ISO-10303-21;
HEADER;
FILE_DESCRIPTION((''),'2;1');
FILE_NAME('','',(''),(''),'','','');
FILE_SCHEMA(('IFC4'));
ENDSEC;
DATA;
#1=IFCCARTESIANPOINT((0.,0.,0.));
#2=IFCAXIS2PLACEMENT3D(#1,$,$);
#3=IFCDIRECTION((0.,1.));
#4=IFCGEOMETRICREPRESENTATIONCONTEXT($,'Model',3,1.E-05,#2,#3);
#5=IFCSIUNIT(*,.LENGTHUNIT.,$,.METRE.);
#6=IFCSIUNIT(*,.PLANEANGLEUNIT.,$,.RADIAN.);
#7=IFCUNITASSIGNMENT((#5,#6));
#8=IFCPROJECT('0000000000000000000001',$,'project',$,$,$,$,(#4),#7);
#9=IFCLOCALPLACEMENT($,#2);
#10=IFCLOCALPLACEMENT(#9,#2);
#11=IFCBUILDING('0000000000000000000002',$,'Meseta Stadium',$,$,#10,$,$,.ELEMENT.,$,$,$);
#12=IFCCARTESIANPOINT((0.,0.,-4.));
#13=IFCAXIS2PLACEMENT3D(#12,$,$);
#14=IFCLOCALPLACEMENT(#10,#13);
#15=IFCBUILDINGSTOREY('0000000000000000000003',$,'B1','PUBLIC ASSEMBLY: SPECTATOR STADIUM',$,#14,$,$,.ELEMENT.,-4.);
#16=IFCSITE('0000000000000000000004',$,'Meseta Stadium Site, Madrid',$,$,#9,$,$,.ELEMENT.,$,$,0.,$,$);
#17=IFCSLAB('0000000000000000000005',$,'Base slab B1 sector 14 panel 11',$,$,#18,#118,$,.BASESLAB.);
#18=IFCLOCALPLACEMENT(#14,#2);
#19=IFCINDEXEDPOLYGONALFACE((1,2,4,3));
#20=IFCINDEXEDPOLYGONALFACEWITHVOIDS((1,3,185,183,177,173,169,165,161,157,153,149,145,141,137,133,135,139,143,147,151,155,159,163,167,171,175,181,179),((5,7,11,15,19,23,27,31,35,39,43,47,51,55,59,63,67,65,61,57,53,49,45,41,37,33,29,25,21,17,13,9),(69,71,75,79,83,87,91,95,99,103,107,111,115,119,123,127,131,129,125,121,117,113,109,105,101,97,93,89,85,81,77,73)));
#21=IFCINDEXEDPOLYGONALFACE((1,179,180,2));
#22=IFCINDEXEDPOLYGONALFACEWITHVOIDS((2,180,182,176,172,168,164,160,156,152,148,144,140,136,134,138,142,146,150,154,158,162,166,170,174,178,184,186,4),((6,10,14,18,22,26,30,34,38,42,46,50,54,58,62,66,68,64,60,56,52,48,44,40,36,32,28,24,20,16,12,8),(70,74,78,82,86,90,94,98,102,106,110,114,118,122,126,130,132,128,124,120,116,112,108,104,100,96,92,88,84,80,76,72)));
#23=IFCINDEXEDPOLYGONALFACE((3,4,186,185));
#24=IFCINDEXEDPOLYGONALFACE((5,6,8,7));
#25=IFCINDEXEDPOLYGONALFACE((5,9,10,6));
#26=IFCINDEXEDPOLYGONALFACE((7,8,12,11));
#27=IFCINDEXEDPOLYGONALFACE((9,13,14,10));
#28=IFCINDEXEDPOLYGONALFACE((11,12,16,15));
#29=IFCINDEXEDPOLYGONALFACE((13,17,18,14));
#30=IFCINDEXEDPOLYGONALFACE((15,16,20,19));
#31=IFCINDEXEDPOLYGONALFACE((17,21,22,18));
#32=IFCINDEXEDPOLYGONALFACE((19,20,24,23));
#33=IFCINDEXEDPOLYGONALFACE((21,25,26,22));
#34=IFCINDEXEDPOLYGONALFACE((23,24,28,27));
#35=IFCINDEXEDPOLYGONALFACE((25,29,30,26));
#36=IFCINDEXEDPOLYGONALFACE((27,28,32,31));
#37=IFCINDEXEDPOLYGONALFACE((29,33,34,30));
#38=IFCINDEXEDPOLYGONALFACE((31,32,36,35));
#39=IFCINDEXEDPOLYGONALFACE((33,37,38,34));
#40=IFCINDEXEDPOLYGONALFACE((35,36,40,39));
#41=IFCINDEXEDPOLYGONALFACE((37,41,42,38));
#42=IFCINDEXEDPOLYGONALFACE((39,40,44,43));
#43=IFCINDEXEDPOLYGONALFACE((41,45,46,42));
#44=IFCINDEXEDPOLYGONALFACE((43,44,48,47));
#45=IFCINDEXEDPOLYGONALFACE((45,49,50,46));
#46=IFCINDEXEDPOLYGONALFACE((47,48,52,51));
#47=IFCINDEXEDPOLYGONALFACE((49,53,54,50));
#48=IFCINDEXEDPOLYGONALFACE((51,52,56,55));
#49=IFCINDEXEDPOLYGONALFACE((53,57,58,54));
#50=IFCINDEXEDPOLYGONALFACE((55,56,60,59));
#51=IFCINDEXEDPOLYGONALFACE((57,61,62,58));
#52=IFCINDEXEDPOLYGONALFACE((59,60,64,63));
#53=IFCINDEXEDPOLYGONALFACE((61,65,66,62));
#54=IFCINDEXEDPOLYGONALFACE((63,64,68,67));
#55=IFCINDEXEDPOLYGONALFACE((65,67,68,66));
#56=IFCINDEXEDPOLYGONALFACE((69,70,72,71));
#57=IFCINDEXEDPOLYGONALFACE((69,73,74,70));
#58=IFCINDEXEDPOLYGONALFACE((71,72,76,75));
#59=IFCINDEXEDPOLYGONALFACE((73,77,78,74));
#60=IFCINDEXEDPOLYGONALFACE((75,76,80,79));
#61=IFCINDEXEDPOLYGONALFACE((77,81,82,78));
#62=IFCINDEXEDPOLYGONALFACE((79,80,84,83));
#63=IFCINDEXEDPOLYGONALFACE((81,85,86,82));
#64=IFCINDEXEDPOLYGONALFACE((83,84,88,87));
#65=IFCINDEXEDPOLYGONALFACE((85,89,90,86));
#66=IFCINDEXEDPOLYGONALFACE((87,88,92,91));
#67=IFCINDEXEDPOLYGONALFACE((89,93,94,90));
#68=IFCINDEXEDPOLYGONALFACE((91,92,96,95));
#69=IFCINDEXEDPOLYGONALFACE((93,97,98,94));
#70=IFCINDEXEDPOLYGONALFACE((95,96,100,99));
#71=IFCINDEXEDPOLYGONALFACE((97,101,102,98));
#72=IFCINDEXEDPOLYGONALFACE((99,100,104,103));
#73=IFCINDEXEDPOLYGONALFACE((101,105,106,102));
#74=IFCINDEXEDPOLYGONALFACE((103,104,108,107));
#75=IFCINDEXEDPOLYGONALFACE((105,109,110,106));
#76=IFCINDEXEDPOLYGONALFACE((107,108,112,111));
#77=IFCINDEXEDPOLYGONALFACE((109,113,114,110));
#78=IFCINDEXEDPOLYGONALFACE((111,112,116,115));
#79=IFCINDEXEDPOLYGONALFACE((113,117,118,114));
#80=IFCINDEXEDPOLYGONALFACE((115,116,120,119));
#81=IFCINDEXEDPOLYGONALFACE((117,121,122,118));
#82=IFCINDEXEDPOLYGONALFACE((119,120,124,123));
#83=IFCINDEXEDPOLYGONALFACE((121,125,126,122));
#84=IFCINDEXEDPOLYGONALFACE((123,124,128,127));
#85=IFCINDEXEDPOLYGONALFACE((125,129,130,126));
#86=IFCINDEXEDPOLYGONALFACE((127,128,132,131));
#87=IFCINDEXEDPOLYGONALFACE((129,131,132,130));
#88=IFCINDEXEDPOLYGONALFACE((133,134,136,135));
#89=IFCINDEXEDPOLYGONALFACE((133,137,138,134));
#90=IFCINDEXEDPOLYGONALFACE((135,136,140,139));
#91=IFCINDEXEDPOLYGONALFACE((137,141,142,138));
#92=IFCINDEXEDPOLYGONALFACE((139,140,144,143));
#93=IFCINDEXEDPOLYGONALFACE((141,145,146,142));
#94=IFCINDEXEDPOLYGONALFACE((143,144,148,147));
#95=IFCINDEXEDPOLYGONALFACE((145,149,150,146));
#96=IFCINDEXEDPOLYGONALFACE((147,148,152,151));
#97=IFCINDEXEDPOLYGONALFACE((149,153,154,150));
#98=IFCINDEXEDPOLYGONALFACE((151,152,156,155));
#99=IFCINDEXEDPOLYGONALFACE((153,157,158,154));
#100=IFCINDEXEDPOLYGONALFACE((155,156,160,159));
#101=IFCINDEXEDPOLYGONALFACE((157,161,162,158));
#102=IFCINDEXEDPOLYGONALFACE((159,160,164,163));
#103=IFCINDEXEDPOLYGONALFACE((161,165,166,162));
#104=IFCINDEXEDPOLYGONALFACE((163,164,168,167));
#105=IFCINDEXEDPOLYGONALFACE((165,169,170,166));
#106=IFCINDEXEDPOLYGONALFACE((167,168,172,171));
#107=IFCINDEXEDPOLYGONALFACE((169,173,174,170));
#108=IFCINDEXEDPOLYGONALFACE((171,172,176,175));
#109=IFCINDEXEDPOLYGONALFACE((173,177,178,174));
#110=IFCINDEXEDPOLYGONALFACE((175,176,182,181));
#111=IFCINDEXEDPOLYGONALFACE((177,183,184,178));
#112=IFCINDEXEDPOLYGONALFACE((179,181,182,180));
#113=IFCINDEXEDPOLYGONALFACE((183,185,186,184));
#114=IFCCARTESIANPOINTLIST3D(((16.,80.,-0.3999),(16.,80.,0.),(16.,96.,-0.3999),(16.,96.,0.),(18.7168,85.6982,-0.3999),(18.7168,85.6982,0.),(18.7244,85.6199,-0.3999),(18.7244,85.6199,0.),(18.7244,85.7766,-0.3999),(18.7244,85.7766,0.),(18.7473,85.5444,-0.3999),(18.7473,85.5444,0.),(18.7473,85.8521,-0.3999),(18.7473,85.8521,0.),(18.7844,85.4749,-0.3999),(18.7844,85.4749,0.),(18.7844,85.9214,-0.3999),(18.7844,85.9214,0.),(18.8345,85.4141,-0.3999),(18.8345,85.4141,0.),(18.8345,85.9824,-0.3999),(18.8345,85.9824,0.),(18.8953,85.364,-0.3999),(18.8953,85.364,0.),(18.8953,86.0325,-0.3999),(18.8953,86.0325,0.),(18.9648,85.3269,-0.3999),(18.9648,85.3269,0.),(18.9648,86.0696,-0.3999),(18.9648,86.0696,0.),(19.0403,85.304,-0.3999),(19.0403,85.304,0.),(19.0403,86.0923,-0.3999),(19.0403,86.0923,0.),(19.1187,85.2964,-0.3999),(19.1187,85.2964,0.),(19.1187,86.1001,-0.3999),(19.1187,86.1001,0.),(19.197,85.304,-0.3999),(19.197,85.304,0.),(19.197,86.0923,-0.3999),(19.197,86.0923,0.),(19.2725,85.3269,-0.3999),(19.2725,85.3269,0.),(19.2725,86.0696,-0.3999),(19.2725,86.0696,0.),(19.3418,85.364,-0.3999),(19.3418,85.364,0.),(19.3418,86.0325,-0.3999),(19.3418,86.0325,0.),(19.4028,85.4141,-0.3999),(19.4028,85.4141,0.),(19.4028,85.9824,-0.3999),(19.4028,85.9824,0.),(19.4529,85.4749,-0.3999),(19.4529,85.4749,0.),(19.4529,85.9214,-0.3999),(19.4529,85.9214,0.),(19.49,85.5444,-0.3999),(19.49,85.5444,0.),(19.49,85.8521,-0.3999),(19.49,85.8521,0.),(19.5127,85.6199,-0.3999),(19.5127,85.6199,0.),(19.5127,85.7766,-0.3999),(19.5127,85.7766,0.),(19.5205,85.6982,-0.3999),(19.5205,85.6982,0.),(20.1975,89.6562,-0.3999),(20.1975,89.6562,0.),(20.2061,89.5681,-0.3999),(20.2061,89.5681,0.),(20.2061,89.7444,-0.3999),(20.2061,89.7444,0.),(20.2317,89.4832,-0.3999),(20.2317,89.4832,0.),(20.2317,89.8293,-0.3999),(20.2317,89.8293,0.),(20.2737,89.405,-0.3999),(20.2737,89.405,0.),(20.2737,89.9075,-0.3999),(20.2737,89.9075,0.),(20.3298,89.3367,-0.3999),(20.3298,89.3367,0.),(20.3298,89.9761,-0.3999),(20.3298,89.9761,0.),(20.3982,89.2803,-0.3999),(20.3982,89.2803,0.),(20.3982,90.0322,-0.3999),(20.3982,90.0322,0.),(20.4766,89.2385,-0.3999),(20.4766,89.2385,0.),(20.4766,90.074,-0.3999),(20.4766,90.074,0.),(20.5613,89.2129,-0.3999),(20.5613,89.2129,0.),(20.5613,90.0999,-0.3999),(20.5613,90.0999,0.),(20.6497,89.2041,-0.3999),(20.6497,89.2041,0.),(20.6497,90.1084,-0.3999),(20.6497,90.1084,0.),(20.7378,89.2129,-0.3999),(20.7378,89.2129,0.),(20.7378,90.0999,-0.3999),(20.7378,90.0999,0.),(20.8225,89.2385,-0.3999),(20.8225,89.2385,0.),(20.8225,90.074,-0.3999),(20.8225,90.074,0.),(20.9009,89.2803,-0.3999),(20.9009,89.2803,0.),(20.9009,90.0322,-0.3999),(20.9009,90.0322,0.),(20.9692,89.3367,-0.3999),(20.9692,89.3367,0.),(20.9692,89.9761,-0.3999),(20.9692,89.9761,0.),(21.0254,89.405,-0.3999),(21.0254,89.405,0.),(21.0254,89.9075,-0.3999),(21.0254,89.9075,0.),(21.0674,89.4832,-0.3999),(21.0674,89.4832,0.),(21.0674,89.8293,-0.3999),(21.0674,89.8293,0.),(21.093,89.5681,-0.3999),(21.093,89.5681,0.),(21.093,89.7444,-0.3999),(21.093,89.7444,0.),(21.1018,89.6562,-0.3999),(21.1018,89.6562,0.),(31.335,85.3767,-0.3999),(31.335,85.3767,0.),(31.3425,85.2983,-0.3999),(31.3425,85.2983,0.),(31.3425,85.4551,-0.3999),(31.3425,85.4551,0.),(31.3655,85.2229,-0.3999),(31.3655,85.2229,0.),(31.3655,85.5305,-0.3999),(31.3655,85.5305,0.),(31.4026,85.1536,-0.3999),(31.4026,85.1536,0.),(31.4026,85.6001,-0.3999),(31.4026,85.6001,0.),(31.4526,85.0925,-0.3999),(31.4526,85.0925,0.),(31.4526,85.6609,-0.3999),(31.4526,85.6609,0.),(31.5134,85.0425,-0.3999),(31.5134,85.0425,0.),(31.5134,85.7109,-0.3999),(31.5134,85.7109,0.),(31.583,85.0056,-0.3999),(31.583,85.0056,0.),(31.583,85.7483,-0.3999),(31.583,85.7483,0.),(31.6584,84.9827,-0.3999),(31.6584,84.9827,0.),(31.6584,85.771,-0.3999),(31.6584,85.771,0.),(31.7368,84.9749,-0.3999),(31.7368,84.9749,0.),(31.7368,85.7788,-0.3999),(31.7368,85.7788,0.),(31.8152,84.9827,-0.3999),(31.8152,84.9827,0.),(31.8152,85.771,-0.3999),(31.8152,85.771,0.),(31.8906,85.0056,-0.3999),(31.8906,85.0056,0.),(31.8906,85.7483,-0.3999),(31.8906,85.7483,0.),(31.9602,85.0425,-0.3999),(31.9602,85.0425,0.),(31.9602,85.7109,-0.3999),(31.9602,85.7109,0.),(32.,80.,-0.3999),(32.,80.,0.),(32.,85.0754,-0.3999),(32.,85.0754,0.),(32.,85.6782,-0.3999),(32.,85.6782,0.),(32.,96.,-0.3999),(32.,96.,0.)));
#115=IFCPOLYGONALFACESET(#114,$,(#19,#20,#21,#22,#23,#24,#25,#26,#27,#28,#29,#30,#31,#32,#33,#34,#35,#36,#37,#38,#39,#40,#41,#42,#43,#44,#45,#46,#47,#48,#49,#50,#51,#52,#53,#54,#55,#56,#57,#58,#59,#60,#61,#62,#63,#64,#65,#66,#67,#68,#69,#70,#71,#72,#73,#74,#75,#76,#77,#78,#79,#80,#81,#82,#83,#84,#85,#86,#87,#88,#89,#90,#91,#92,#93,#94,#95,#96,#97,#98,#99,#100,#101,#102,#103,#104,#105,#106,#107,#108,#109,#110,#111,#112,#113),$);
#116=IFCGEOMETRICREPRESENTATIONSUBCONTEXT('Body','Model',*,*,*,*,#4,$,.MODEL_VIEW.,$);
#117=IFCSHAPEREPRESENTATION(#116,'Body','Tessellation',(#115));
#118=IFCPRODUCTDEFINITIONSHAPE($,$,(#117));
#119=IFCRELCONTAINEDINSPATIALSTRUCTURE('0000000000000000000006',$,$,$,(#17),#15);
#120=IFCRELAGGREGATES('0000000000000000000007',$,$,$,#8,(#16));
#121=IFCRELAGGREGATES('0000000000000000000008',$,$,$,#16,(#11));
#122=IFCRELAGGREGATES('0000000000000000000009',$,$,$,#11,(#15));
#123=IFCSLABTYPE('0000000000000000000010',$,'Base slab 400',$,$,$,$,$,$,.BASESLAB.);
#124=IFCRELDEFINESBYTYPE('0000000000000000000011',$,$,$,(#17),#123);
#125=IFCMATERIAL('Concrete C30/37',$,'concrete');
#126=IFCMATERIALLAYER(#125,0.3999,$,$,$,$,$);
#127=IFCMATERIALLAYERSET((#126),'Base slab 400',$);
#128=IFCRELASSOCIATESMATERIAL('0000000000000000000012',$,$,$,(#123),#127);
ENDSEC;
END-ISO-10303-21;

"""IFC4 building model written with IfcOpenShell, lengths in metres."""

from ifc_helpers import new_model, si_unit, direction, frame, origin, place, context, subcontext, project, spatial, polyline, outline, extrude, material, layer, layer_set, type_object, element, save


model = new_model("IFC4")

# Units and contexts
model_context = context("Model", 3, precision=1e-05, world=origin(), true_north=direction((0.0, 1.0)))
body_context = subcontext(model_context, "Body", "Model", "MODEL_VIEW")
ifc_project = project(units=[si_unit("LENGTHUNIT", "METRE"), si_unit("PLANEANGLEUNIT", "RADIAN")], contexts=[model_context])

# Site, building, storey
site_placement = place(None, origin())
site = spatial("IfcSite", under=ifc_project, at=site_placement, Name="Meseta Stadium Site, Madrid", CompositionType="ELEMENT", RefElevation=0.0)
building_placement = place(site_placement, origin())
building = spatial("IfcBuilding", under=site, at=building_placement, Name="Meseta Stadium", CompositionType="ELEMENT")
storey_placement = place(building_placement, frame((0.0, 0.0, -4.0)))
storey = spatial("IfcBuildingStorey", under=building, at=storey_placement, Name="B1", Description="PUBLIC ASSEMBLY: SPECTATOR STADIUM", CompositionType="ELEMENT", Elevation=-4.0)

# Slab
ifc_material_1 = material(Name="Concrete C30/37", Category="concrete")
ifc_layer = layer(ifc_material_1, 0.3999)
ifc_layer_set = layer_set([ifc_layer], Name="Base slab 400")
slab_type = type_object("IfcSlabType", Name="Base slab 400", PredefinedType="BASESLAB", material=ifc_layer_set)
slab_1_placement = place(storey_placement, frame((0.0, 0.0, -0.3999)))
element("IfcSlab", 1, at=slab_1_placement, inside=storey, type_object=slab_type, Name="Base slab B1 sector 14 panel 11", PredefinedType="BASESLAB", context=body_context, shape_type="SweptSolid", body=[
    extrude(outline(polyline([(31.8906, 85.7483), (31.9602, 85.7109), (32.0, 85.6782), (32.0, 96.0), (16.0, 96.0), (16.0, 80.0), (32.0, 80.0), (32.0, 85.0754), (31.9602, 85.0425), (31.8906, 85.0056), (31.8152, 84.9827), (31.7368, 84.9749), (31.6584, 84.9827), (31.583, 85.0056), (31.5134, 85.0425), (31.4526, 85.0925), (31.4026, 85.1536), (31.3655, 85.2229), (31.3425, 85.2983), (31.335, 85.3767), (31.3425, 85.4551), (31.3655, 85.5305), (31.4026, 85.6001), (31.4526, 85.6609), (31.5134, 85.7109), (31.583, 85.7483), (31.6584, 85.771), (31.7368, 85.7788), (31.8152, 85.771), (31.8906, 85.7483)]), holes=[polyline([(18.7473, 85.8521), (18.7844, 85.9214), (18.8345, 85.9824), (18.8953, 86.0325), (18.9648, 86.0696), (19.0403, 86.0923), (19.1187, 86.1001), (19.197, 86.0923), (19.2725, 86.0696), (19.3418, 86.0325), (19.4028, 85.9824), (19.4529, 85.9214), (19.49, 85.8521), (19.5127, 85.7766), (19.5205, 85.6982), (19.5127, 85.6199), (19.49, 85.5444), (19.4529, 85.4749), (19.4028, 85.4141), (19.3418, 85.364), (19.2725, 85.3269), (19.197, 85.304), (19.1187, 85.2964), (19.0403, 85.304), (18.9648, 85.3269), (18.8953, 85.364), (18.8345, 85.4141), (18.7844, 85.4749), (18.7473, 85.5444), (18.7244, 85.6199), (18.7168, 85.6982), (18.7244, 85.7766), (18.7473, 85.8521)]), polyline([(21.1018, 89.6562), (21.093, 89.5681), (21.0674, 89.4832), (21.0254, 89.405), (20.9692, 89.3367), (20.9009, 89.2803), (20.8225, 89.2385), (20.7378, 89.2129), (20.6497, 89.2041), (20.5613, 89.2129), (20.4766, 89.2385), (20.3982, 89.2803), (20.3298, 89.3367), (20.2737, 89.405), (20.2317, 89.4832), (20.2061, 89.5681), (20.1975, 89.6562), (20.2061, 89.7444), (20.2317, 89.8293), (20.2737, 89.9075), (20.3298, 89.9761), (20.3982, 90.0322), (20.4766, 90.074), (20.5613, 90.0999), (20.6497, 90.1084), (20.7378, 90.0999), (20.8225, 90.074), (20.9009, 90.0322), (20.9692, 89.9761), (21.0254, 89.9075), (21.0674, 89.8293), (21.093, 89.7444), (21.1018, 89.6562)])]), origin(), (0.0, 0.0, 1.0), 0.3999),
])

save(model, "model.ifc")
